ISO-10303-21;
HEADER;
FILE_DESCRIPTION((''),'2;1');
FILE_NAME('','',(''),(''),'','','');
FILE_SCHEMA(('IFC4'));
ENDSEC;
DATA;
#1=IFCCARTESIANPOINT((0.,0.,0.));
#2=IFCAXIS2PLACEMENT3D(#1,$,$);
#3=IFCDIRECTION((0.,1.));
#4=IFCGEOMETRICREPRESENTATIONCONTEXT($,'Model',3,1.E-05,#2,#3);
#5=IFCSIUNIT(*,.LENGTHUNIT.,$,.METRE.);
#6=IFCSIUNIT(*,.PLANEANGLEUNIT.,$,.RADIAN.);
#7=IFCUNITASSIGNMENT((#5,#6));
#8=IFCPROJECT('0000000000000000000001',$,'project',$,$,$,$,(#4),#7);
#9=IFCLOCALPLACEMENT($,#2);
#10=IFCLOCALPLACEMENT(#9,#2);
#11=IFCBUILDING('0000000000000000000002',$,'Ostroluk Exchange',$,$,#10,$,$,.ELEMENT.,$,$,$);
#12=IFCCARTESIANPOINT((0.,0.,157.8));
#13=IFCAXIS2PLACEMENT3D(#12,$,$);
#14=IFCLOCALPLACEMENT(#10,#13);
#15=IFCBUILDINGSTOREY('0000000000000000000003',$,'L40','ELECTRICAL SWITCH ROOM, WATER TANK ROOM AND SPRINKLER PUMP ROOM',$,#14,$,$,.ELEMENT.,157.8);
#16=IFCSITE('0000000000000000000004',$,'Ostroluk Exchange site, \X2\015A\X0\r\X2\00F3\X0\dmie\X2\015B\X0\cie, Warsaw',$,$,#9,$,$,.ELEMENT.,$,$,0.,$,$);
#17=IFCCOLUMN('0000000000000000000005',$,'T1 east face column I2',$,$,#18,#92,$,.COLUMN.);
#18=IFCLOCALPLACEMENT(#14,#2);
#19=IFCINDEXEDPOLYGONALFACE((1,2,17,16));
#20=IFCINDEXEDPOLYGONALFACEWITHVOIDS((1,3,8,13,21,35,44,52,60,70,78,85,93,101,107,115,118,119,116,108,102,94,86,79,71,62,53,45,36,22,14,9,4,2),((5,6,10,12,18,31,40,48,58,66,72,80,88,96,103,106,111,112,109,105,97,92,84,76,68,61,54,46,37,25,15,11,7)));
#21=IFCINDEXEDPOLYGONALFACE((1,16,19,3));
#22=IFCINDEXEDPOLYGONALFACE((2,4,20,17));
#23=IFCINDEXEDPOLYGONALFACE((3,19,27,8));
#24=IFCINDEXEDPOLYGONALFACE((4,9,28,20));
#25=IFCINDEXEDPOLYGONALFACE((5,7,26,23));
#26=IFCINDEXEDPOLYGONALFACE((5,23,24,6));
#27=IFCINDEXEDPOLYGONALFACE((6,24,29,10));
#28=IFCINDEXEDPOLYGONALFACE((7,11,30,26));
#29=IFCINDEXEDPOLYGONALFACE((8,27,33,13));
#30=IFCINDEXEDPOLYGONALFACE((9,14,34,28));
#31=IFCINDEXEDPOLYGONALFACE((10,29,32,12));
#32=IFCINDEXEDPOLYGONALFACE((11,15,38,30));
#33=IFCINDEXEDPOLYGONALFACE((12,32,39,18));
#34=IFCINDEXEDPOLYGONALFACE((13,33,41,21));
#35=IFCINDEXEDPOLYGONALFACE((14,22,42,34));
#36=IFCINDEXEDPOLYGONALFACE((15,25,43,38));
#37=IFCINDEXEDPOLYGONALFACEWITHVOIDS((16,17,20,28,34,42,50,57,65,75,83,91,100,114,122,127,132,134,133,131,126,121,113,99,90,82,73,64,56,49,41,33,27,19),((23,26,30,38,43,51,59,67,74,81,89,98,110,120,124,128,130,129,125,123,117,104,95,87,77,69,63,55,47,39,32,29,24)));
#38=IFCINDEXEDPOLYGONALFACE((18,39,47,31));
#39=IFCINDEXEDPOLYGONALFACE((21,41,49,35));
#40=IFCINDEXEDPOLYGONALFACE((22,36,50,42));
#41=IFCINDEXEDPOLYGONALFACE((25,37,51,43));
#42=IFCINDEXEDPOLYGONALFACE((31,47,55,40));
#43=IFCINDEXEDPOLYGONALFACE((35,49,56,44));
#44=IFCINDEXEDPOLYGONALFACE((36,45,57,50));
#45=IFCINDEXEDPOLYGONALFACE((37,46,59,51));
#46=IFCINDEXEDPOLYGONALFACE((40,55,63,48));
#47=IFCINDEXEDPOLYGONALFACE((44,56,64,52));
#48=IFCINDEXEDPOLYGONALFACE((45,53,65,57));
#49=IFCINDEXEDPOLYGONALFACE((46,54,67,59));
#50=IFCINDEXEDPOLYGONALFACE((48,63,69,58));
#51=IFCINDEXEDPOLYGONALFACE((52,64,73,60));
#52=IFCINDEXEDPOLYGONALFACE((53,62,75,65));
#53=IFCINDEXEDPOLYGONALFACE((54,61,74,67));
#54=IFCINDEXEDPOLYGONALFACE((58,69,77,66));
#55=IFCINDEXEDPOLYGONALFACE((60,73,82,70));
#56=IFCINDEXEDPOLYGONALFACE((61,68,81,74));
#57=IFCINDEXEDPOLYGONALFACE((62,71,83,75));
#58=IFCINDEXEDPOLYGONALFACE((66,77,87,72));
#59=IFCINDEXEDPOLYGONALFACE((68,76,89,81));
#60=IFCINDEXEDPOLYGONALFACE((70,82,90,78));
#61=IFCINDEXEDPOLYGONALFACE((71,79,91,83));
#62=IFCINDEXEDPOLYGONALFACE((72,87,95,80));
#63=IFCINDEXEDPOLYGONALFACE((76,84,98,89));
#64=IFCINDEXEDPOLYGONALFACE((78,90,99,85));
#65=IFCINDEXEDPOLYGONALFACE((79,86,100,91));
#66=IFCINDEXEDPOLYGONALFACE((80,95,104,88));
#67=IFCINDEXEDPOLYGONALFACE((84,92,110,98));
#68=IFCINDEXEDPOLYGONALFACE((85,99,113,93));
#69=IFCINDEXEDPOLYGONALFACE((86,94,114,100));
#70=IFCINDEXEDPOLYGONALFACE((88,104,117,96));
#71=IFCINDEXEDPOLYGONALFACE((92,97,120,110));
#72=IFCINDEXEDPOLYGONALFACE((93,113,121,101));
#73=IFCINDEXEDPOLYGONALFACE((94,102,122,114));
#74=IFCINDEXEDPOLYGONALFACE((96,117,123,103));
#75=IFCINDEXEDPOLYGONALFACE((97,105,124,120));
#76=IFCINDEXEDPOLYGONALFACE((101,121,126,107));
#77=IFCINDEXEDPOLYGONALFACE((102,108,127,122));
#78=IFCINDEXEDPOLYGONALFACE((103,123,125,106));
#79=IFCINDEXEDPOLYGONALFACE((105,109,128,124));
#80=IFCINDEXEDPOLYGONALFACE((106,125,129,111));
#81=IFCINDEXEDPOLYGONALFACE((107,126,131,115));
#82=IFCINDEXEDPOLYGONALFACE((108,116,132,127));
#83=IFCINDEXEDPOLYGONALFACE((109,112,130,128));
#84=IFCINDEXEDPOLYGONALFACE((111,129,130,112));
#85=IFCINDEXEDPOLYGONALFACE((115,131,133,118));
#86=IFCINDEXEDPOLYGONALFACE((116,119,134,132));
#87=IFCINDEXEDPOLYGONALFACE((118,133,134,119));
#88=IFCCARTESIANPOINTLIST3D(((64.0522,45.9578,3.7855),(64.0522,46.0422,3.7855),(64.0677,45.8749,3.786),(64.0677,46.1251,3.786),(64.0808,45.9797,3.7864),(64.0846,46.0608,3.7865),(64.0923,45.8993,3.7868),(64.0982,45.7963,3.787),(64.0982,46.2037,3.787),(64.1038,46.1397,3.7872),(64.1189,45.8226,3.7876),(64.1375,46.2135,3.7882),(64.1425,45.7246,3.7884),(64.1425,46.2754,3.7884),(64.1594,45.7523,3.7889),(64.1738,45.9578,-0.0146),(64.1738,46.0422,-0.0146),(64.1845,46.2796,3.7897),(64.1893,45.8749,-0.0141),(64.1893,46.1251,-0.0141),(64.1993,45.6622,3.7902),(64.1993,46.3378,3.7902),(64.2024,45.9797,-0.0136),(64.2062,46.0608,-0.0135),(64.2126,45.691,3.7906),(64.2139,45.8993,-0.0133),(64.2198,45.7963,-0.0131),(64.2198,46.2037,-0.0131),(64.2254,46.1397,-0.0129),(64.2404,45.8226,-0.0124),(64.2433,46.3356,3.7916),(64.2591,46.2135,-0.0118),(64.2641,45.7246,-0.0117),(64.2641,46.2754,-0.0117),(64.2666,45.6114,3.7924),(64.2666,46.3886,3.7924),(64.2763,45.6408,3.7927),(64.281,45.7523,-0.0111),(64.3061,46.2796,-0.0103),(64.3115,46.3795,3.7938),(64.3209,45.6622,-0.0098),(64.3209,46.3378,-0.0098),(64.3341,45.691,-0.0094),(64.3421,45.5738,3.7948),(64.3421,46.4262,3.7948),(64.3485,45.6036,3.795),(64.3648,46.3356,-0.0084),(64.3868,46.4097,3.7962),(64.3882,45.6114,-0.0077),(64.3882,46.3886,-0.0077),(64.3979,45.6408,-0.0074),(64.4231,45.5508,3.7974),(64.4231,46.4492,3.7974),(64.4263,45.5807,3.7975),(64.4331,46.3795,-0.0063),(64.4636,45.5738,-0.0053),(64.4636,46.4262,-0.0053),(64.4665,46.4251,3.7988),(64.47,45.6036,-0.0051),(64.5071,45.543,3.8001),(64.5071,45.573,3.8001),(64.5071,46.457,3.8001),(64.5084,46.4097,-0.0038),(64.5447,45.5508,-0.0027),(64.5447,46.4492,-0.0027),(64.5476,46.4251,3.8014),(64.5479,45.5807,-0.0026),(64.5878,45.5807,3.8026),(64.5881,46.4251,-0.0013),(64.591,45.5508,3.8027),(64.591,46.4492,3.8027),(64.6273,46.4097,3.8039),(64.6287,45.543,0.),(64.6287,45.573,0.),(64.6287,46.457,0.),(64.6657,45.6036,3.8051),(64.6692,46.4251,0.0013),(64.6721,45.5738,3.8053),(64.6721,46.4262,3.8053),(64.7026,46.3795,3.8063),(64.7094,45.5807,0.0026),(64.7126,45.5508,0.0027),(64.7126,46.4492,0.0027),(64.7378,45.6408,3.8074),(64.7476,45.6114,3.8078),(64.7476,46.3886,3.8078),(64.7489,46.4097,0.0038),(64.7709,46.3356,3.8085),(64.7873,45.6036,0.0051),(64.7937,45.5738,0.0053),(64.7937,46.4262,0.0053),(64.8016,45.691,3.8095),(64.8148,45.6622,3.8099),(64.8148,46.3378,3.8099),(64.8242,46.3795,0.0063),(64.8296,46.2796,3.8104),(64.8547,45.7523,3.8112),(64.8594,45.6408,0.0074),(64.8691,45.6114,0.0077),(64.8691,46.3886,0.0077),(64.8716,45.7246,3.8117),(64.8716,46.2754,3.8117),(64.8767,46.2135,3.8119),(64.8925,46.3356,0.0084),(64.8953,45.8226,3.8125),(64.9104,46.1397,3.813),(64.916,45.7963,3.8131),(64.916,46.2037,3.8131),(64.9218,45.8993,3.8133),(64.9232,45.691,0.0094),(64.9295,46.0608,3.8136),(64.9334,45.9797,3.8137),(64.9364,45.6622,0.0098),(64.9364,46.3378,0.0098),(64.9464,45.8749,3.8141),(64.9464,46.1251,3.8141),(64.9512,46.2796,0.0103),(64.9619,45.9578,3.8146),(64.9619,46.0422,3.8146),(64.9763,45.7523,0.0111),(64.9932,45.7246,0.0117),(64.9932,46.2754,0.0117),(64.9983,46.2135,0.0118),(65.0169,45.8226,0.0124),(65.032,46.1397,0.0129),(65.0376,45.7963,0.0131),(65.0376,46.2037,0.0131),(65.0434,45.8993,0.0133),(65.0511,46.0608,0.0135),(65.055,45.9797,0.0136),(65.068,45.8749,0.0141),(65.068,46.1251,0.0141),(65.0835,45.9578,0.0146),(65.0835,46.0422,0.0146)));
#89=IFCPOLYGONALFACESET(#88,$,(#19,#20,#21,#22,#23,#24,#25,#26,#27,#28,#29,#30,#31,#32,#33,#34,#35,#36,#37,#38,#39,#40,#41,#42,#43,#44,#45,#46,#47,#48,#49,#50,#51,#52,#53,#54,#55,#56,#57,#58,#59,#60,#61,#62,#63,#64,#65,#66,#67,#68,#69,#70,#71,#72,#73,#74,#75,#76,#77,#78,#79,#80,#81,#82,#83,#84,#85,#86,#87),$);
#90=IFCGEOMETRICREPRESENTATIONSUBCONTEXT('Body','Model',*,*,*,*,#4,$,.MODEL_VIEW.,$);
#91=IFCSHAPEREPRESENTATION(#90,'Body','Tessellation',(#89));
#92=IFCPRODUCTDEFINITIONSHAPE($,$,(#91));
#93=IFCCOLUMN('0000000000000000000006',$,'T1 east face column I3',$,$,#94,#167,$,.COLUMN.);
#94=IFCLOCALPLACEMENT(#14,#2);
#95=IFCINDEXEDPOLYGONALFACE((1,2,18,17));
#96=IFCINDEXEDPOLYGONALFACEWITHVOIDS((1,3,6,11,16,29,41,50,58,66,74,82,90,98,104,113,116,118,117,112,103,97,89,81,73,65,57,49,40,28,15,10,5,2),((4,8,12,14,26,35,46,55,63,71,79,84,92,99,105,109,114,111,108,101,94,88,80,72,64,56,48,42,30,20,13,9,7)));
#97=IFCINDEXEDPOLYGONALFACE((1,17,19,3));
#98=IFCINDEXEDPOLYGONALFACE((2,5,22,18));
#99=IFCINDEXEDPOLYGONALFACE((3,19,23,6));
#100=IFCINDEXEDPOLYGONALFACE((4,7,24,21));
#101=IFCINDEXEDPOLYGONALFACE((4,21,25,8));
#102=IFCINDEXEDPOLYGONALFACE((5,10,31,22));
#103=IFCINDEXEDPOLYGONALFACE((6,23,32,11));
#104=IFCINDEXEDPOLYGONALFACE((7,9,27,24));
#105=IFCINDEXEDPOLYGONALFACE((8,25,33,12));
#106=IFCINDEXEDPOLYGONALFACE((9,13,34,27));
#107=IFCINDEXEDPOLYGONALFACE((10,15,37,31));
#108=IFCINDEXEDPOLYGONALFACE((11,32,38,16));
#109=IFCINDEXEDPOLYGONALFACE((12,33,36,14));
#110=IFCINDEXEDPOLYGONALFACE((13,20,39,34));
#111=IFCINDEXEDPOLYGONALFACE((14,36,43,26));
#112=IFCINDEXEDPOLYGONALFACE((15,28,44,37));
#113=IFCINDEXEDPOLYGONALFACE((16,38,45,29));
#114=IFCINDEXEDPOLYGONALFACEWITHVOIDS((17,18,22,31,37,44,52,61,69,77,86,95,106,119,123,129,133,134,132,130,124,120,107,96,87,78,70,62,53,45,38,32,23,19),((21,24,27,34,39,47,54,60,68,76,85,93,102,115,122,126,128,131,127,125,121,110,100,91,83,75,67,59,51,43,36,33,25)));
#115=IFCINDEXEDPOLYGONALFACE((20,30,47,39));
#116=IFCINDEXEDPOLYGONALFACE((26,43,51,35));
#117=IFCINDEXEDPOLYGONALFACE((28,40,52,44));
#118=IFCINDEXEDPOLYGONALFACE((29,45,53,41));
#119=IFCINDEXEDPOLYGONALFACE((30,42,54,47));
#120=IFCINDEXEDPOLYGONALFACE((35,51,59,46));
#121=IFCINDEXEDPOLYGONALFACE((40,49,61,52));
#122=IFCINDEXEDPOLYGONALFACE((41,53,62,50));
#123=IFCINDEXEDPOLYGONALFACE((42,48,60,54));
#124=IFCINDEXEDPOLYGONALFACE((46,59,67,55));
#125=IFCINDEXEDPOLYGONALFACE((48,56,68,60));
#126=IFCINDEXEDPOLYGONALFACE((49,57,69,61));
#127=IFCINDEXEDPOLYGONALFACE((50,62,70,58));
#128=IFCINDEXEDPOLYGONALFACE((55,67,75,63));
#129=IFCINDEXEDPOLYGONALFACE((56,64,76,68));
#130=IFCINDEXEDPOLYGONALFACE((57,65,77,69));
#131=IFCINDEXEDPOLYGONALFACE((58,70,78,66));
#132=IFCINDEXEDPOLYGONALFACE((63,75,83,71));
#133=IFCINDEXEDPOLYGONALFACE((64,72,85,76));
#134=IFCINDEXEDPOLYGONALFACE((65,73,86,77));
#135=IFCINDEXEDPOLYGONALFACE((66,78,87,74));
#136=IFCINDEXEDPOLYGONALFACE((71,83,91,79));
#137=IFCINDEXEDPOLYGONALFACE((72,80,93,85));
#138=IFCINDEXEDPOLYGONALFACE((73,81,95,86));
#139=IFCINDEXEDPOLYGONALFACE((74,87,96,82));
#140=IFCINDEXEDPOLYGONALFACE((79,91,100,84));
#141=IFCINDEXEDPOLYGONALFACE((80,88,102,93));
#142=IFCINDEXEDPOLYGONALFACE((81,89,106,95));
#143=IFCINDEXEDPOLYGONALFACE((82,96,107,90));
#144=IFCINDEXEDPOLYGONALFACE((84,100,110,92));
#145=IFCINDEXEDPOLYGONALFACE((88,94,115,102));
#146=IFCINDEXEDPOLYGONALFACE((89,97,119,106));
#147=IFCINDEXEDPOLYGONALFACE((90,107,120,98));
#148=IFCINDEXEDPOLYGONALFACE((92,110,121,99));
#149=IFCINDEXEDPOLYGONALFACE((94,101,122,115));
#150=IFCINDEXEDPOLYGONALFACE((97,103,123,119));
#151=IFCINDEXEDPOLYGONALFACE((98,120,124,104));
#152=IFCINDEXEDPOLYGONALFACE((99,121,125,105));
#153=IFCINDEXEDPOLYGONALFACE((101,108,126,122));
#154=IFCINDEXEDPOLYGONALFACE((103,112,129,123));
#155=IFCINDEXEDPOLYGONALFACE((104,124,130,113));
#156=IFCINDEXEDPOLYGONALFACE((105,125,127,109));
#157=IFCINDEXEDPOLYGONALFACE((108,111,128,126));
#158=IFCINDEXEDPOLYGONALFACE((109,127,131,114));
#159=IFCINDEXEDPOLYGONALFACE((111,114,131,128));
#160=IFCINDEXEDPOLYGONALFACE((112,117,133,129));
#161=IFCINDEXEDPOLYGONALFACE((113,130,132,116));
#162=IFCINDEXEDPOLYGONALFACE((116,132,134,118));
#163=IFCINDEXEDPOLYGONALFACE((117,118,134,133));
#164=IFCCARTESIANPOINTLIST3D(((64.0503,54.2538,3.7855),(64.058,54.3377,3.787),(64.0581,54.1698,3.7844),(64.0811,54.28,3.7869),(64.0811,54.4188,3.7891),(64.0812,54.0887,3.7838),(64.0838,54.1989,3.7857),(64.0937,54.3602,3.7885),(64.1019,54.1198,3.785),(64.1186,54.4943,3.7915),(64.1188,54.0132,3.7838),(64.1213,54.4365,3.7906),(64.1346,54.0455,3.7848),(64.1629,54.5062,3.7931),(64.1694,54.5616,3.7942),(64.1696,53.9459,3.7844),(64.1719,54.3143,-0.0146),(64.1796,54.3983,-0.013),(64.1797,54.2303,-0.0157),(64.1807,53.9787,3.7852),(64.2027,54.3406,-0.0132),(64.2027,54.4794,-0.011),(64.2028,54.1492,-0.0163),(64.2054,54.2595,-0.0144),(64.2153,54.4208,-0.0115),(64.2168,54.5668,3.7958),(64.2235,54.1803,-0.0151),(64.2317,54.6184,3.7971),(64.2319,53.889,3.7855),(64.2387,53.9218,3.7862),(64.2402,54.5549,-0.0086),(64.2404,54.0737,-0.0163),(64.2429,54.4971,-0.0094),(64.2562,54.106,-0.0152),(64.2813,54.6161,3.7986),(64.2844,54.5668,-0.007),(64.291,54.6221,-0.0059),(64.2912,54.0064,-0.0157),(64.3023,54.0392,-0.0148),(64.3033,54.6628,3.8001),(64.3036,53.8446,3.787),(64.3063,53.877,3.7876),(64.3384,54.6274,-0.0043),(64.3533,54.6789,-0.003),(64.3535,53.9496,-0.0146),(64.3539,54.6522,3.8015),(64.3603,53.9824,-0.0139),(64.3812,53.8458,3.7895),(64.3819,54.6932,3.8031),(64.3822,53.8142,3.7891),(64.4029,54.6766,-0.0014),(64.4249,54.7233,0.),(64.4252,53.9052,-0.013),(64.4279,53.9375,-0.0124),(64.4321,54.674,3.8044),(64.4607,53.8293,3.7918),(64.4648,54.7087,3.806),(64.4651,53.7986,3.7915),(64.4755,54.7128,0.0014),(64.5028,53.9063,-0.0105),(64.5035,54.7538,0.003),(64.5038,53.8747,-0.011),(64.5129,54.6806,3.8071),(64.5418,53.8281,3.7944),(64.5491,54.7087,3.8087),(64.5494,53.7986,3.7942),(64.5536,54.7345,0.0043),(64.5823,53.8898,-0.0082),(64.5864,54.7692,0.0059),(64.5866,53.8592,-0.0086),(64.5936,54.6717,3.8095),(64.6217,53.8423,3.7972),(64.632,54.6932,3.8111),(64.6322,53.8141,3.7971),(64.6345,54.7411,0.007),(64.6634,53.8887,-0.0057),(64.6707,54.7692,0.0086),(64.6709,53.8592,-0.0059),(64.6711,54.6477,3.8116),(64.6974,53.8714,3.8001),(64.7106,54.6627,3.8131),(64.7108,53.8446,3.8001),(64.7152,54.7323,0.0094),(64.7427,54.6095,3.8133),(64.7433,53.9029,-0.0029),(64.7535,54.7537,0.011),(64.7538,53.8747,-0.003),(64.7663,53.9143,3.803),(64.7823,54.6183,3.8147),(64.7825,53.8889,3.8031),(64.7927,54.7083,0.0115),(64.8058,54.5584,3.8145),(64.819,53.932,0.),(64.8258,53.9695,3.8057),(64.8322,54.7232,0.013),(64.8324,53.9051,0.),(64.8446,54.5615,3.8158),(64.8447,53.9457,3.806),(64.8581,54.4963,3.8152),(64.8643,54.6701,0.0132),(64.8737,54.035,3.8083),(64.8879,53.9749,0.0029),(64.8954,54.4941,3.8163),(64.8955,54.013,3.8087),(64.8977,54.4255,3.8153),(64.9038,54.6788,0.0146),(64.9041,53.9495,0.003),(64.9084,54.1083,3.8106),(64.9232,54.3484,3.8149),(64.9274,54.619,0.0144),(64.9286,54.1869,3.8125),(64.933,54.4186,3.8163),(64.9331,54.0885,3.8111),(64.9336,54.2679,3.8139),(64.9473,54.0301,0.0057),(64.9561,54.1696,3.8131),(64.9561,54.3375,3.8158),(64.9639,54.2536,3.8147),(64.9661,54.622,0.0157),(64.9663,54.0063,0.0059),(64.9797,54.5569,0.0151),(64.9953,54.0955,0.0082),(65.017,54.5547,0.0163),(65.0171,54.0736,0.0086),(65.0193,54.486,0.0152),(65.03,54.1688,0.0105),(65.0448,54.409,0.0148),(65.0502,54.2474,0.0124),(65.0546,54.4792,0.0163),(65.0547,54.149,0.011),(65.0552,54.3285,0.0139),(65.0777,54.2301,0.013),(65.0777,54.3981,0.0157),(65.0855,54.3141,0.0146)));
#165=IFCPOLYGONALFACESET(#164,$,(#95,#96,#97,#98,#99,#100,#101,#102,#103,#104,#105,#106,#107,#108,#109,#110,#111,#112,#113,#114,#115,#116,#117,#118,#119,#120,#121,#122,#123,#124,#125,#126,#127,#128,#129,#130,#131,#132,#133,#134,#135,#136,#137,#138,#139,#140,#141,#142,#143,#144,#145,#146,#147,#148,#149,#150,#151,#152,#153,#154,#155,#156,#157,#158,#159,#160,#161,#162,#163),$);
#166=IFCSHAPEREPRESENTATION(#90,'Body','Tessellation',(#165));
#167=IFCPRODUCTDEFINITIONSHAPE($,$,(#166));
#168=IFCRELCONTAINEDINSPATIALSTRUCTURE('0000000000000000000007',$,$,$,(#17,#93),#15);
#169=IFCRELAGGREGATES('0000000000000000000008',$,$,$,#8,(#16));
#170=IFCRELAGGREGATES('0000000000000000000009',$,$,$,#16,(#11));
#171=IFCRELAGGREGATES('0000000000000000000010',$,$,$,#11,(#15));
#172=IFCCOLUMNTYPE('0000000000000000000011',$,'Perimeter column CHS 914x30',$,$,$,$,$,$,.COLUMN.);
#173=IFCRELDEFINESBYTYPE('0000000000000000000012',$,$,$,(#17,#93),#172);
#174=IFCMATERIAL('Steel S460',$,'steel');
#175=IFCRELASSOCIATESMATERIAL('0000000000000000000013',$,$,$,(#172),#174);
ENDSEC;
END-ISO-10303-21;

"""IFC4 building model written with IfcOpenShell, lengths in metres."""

from ifc_helpers import new_model, si_unit, direction, frame, origin, origin_2d, place, context, subcontext, project, spatial, hollow_circle, extrude, material, material_profile, profile_set, type_object, element, save


model = new_model("IFC4")

# Units and contexts
model_context = context("Model", 3, precision=1e-05, world=origin(), true_north=direction((0.0, 1.0)))
body_context = subcontext(model_context, "Body", "Model", "MODEL_VIEW")
ifc_project = project(units=[si_unit("LENGTHUNIT", "METRE"), si_unit("PLANEANGLEUNIT", "RADIAN")], contexts=[model_context])

# Site, building, storey
site_placement = place(None, origin())
site = spatial("IfcSite", under=ifc_project, at=site_placement, Name="Ostroluk Exchange site, Śródmieście, Warsaw", CompositionType="ELEMENT", RefElevation=0.0)
building_placement = place(site_placement, origin())
building = spatial("IfcBuilding", under=site, at=building_placement, Name="Ostroluk Exchange", CompositionType="ELEMENT")
storey_placement = place(building_placement, frame((0.0, 0.0, 157.8)))
storey = spatial("IfcBuildingStorey", under=building, at=storey_placement, Name="L40", Description="ELECTRICAL SWITCH ROOM, WATER TANK ROOM AND SPRINKLER PUMP ROOM", CompositionType="ELEMENT", Elevation=157.8)

# Columns
ifc_material_1 = material(Name="Steel S460", Category="steel")
ifc_material_profile_1 = material_profile(ifc_material_1, hollow_circle(Radius=0.457, WallThickness=0.03, at=origin_2d()), Name="CHS 914x30")
ifc_profile_set_1 = profile_set([ifc_material_profile_1], Name="Steel S460")
column_type = type_object("IfcColumnType", Name="Perimeter column CHS 914x30", PredefinedType="COLUMN", material=ifc_profile_set_1)
column_1_placement = place(storey_placement, frame((64.6287, 46.0, 0.0), z_axis=(-0.031978, 0.0, 0.999489), x_axis=(0.0, -1.0, 0.0)))
element("IfcColumn", 1, at=column_1_placement, inside=storey, type_object=column_type, Name="T1 east face column I2", PredefinedType="COLUMN", context=body_context, shape_type="SweptSolid", body=[
    extrude(hollow_circle(Radius=0.457, WallThickness=0.03, at=origin_2d()), origin(), (0.0, 0.0, 1.0), 3.802),
])
column_2_placement = place(storey_placement, frame((64.6287, 54.3142, 0.0), z_axis=(-0.031974, -0.015923, 0.999362), x_axis=(0.445775, -0.895145, 0.0)))
element("IfcColumn", 2, at=column_2_placement, inside=storey, type_object=column_type, Name="T1 east face column I3", PredefinedType="COLUMN", context=body_context, shape_type="SweptSolid", body=[
    extrude(hollow_circle(Radius=0.457, WallThickness=0.03, at=origin_2d()), origin(), (0.0, 0.0, 1.0), 3.8025),
])

save(model, "model.ifc")
